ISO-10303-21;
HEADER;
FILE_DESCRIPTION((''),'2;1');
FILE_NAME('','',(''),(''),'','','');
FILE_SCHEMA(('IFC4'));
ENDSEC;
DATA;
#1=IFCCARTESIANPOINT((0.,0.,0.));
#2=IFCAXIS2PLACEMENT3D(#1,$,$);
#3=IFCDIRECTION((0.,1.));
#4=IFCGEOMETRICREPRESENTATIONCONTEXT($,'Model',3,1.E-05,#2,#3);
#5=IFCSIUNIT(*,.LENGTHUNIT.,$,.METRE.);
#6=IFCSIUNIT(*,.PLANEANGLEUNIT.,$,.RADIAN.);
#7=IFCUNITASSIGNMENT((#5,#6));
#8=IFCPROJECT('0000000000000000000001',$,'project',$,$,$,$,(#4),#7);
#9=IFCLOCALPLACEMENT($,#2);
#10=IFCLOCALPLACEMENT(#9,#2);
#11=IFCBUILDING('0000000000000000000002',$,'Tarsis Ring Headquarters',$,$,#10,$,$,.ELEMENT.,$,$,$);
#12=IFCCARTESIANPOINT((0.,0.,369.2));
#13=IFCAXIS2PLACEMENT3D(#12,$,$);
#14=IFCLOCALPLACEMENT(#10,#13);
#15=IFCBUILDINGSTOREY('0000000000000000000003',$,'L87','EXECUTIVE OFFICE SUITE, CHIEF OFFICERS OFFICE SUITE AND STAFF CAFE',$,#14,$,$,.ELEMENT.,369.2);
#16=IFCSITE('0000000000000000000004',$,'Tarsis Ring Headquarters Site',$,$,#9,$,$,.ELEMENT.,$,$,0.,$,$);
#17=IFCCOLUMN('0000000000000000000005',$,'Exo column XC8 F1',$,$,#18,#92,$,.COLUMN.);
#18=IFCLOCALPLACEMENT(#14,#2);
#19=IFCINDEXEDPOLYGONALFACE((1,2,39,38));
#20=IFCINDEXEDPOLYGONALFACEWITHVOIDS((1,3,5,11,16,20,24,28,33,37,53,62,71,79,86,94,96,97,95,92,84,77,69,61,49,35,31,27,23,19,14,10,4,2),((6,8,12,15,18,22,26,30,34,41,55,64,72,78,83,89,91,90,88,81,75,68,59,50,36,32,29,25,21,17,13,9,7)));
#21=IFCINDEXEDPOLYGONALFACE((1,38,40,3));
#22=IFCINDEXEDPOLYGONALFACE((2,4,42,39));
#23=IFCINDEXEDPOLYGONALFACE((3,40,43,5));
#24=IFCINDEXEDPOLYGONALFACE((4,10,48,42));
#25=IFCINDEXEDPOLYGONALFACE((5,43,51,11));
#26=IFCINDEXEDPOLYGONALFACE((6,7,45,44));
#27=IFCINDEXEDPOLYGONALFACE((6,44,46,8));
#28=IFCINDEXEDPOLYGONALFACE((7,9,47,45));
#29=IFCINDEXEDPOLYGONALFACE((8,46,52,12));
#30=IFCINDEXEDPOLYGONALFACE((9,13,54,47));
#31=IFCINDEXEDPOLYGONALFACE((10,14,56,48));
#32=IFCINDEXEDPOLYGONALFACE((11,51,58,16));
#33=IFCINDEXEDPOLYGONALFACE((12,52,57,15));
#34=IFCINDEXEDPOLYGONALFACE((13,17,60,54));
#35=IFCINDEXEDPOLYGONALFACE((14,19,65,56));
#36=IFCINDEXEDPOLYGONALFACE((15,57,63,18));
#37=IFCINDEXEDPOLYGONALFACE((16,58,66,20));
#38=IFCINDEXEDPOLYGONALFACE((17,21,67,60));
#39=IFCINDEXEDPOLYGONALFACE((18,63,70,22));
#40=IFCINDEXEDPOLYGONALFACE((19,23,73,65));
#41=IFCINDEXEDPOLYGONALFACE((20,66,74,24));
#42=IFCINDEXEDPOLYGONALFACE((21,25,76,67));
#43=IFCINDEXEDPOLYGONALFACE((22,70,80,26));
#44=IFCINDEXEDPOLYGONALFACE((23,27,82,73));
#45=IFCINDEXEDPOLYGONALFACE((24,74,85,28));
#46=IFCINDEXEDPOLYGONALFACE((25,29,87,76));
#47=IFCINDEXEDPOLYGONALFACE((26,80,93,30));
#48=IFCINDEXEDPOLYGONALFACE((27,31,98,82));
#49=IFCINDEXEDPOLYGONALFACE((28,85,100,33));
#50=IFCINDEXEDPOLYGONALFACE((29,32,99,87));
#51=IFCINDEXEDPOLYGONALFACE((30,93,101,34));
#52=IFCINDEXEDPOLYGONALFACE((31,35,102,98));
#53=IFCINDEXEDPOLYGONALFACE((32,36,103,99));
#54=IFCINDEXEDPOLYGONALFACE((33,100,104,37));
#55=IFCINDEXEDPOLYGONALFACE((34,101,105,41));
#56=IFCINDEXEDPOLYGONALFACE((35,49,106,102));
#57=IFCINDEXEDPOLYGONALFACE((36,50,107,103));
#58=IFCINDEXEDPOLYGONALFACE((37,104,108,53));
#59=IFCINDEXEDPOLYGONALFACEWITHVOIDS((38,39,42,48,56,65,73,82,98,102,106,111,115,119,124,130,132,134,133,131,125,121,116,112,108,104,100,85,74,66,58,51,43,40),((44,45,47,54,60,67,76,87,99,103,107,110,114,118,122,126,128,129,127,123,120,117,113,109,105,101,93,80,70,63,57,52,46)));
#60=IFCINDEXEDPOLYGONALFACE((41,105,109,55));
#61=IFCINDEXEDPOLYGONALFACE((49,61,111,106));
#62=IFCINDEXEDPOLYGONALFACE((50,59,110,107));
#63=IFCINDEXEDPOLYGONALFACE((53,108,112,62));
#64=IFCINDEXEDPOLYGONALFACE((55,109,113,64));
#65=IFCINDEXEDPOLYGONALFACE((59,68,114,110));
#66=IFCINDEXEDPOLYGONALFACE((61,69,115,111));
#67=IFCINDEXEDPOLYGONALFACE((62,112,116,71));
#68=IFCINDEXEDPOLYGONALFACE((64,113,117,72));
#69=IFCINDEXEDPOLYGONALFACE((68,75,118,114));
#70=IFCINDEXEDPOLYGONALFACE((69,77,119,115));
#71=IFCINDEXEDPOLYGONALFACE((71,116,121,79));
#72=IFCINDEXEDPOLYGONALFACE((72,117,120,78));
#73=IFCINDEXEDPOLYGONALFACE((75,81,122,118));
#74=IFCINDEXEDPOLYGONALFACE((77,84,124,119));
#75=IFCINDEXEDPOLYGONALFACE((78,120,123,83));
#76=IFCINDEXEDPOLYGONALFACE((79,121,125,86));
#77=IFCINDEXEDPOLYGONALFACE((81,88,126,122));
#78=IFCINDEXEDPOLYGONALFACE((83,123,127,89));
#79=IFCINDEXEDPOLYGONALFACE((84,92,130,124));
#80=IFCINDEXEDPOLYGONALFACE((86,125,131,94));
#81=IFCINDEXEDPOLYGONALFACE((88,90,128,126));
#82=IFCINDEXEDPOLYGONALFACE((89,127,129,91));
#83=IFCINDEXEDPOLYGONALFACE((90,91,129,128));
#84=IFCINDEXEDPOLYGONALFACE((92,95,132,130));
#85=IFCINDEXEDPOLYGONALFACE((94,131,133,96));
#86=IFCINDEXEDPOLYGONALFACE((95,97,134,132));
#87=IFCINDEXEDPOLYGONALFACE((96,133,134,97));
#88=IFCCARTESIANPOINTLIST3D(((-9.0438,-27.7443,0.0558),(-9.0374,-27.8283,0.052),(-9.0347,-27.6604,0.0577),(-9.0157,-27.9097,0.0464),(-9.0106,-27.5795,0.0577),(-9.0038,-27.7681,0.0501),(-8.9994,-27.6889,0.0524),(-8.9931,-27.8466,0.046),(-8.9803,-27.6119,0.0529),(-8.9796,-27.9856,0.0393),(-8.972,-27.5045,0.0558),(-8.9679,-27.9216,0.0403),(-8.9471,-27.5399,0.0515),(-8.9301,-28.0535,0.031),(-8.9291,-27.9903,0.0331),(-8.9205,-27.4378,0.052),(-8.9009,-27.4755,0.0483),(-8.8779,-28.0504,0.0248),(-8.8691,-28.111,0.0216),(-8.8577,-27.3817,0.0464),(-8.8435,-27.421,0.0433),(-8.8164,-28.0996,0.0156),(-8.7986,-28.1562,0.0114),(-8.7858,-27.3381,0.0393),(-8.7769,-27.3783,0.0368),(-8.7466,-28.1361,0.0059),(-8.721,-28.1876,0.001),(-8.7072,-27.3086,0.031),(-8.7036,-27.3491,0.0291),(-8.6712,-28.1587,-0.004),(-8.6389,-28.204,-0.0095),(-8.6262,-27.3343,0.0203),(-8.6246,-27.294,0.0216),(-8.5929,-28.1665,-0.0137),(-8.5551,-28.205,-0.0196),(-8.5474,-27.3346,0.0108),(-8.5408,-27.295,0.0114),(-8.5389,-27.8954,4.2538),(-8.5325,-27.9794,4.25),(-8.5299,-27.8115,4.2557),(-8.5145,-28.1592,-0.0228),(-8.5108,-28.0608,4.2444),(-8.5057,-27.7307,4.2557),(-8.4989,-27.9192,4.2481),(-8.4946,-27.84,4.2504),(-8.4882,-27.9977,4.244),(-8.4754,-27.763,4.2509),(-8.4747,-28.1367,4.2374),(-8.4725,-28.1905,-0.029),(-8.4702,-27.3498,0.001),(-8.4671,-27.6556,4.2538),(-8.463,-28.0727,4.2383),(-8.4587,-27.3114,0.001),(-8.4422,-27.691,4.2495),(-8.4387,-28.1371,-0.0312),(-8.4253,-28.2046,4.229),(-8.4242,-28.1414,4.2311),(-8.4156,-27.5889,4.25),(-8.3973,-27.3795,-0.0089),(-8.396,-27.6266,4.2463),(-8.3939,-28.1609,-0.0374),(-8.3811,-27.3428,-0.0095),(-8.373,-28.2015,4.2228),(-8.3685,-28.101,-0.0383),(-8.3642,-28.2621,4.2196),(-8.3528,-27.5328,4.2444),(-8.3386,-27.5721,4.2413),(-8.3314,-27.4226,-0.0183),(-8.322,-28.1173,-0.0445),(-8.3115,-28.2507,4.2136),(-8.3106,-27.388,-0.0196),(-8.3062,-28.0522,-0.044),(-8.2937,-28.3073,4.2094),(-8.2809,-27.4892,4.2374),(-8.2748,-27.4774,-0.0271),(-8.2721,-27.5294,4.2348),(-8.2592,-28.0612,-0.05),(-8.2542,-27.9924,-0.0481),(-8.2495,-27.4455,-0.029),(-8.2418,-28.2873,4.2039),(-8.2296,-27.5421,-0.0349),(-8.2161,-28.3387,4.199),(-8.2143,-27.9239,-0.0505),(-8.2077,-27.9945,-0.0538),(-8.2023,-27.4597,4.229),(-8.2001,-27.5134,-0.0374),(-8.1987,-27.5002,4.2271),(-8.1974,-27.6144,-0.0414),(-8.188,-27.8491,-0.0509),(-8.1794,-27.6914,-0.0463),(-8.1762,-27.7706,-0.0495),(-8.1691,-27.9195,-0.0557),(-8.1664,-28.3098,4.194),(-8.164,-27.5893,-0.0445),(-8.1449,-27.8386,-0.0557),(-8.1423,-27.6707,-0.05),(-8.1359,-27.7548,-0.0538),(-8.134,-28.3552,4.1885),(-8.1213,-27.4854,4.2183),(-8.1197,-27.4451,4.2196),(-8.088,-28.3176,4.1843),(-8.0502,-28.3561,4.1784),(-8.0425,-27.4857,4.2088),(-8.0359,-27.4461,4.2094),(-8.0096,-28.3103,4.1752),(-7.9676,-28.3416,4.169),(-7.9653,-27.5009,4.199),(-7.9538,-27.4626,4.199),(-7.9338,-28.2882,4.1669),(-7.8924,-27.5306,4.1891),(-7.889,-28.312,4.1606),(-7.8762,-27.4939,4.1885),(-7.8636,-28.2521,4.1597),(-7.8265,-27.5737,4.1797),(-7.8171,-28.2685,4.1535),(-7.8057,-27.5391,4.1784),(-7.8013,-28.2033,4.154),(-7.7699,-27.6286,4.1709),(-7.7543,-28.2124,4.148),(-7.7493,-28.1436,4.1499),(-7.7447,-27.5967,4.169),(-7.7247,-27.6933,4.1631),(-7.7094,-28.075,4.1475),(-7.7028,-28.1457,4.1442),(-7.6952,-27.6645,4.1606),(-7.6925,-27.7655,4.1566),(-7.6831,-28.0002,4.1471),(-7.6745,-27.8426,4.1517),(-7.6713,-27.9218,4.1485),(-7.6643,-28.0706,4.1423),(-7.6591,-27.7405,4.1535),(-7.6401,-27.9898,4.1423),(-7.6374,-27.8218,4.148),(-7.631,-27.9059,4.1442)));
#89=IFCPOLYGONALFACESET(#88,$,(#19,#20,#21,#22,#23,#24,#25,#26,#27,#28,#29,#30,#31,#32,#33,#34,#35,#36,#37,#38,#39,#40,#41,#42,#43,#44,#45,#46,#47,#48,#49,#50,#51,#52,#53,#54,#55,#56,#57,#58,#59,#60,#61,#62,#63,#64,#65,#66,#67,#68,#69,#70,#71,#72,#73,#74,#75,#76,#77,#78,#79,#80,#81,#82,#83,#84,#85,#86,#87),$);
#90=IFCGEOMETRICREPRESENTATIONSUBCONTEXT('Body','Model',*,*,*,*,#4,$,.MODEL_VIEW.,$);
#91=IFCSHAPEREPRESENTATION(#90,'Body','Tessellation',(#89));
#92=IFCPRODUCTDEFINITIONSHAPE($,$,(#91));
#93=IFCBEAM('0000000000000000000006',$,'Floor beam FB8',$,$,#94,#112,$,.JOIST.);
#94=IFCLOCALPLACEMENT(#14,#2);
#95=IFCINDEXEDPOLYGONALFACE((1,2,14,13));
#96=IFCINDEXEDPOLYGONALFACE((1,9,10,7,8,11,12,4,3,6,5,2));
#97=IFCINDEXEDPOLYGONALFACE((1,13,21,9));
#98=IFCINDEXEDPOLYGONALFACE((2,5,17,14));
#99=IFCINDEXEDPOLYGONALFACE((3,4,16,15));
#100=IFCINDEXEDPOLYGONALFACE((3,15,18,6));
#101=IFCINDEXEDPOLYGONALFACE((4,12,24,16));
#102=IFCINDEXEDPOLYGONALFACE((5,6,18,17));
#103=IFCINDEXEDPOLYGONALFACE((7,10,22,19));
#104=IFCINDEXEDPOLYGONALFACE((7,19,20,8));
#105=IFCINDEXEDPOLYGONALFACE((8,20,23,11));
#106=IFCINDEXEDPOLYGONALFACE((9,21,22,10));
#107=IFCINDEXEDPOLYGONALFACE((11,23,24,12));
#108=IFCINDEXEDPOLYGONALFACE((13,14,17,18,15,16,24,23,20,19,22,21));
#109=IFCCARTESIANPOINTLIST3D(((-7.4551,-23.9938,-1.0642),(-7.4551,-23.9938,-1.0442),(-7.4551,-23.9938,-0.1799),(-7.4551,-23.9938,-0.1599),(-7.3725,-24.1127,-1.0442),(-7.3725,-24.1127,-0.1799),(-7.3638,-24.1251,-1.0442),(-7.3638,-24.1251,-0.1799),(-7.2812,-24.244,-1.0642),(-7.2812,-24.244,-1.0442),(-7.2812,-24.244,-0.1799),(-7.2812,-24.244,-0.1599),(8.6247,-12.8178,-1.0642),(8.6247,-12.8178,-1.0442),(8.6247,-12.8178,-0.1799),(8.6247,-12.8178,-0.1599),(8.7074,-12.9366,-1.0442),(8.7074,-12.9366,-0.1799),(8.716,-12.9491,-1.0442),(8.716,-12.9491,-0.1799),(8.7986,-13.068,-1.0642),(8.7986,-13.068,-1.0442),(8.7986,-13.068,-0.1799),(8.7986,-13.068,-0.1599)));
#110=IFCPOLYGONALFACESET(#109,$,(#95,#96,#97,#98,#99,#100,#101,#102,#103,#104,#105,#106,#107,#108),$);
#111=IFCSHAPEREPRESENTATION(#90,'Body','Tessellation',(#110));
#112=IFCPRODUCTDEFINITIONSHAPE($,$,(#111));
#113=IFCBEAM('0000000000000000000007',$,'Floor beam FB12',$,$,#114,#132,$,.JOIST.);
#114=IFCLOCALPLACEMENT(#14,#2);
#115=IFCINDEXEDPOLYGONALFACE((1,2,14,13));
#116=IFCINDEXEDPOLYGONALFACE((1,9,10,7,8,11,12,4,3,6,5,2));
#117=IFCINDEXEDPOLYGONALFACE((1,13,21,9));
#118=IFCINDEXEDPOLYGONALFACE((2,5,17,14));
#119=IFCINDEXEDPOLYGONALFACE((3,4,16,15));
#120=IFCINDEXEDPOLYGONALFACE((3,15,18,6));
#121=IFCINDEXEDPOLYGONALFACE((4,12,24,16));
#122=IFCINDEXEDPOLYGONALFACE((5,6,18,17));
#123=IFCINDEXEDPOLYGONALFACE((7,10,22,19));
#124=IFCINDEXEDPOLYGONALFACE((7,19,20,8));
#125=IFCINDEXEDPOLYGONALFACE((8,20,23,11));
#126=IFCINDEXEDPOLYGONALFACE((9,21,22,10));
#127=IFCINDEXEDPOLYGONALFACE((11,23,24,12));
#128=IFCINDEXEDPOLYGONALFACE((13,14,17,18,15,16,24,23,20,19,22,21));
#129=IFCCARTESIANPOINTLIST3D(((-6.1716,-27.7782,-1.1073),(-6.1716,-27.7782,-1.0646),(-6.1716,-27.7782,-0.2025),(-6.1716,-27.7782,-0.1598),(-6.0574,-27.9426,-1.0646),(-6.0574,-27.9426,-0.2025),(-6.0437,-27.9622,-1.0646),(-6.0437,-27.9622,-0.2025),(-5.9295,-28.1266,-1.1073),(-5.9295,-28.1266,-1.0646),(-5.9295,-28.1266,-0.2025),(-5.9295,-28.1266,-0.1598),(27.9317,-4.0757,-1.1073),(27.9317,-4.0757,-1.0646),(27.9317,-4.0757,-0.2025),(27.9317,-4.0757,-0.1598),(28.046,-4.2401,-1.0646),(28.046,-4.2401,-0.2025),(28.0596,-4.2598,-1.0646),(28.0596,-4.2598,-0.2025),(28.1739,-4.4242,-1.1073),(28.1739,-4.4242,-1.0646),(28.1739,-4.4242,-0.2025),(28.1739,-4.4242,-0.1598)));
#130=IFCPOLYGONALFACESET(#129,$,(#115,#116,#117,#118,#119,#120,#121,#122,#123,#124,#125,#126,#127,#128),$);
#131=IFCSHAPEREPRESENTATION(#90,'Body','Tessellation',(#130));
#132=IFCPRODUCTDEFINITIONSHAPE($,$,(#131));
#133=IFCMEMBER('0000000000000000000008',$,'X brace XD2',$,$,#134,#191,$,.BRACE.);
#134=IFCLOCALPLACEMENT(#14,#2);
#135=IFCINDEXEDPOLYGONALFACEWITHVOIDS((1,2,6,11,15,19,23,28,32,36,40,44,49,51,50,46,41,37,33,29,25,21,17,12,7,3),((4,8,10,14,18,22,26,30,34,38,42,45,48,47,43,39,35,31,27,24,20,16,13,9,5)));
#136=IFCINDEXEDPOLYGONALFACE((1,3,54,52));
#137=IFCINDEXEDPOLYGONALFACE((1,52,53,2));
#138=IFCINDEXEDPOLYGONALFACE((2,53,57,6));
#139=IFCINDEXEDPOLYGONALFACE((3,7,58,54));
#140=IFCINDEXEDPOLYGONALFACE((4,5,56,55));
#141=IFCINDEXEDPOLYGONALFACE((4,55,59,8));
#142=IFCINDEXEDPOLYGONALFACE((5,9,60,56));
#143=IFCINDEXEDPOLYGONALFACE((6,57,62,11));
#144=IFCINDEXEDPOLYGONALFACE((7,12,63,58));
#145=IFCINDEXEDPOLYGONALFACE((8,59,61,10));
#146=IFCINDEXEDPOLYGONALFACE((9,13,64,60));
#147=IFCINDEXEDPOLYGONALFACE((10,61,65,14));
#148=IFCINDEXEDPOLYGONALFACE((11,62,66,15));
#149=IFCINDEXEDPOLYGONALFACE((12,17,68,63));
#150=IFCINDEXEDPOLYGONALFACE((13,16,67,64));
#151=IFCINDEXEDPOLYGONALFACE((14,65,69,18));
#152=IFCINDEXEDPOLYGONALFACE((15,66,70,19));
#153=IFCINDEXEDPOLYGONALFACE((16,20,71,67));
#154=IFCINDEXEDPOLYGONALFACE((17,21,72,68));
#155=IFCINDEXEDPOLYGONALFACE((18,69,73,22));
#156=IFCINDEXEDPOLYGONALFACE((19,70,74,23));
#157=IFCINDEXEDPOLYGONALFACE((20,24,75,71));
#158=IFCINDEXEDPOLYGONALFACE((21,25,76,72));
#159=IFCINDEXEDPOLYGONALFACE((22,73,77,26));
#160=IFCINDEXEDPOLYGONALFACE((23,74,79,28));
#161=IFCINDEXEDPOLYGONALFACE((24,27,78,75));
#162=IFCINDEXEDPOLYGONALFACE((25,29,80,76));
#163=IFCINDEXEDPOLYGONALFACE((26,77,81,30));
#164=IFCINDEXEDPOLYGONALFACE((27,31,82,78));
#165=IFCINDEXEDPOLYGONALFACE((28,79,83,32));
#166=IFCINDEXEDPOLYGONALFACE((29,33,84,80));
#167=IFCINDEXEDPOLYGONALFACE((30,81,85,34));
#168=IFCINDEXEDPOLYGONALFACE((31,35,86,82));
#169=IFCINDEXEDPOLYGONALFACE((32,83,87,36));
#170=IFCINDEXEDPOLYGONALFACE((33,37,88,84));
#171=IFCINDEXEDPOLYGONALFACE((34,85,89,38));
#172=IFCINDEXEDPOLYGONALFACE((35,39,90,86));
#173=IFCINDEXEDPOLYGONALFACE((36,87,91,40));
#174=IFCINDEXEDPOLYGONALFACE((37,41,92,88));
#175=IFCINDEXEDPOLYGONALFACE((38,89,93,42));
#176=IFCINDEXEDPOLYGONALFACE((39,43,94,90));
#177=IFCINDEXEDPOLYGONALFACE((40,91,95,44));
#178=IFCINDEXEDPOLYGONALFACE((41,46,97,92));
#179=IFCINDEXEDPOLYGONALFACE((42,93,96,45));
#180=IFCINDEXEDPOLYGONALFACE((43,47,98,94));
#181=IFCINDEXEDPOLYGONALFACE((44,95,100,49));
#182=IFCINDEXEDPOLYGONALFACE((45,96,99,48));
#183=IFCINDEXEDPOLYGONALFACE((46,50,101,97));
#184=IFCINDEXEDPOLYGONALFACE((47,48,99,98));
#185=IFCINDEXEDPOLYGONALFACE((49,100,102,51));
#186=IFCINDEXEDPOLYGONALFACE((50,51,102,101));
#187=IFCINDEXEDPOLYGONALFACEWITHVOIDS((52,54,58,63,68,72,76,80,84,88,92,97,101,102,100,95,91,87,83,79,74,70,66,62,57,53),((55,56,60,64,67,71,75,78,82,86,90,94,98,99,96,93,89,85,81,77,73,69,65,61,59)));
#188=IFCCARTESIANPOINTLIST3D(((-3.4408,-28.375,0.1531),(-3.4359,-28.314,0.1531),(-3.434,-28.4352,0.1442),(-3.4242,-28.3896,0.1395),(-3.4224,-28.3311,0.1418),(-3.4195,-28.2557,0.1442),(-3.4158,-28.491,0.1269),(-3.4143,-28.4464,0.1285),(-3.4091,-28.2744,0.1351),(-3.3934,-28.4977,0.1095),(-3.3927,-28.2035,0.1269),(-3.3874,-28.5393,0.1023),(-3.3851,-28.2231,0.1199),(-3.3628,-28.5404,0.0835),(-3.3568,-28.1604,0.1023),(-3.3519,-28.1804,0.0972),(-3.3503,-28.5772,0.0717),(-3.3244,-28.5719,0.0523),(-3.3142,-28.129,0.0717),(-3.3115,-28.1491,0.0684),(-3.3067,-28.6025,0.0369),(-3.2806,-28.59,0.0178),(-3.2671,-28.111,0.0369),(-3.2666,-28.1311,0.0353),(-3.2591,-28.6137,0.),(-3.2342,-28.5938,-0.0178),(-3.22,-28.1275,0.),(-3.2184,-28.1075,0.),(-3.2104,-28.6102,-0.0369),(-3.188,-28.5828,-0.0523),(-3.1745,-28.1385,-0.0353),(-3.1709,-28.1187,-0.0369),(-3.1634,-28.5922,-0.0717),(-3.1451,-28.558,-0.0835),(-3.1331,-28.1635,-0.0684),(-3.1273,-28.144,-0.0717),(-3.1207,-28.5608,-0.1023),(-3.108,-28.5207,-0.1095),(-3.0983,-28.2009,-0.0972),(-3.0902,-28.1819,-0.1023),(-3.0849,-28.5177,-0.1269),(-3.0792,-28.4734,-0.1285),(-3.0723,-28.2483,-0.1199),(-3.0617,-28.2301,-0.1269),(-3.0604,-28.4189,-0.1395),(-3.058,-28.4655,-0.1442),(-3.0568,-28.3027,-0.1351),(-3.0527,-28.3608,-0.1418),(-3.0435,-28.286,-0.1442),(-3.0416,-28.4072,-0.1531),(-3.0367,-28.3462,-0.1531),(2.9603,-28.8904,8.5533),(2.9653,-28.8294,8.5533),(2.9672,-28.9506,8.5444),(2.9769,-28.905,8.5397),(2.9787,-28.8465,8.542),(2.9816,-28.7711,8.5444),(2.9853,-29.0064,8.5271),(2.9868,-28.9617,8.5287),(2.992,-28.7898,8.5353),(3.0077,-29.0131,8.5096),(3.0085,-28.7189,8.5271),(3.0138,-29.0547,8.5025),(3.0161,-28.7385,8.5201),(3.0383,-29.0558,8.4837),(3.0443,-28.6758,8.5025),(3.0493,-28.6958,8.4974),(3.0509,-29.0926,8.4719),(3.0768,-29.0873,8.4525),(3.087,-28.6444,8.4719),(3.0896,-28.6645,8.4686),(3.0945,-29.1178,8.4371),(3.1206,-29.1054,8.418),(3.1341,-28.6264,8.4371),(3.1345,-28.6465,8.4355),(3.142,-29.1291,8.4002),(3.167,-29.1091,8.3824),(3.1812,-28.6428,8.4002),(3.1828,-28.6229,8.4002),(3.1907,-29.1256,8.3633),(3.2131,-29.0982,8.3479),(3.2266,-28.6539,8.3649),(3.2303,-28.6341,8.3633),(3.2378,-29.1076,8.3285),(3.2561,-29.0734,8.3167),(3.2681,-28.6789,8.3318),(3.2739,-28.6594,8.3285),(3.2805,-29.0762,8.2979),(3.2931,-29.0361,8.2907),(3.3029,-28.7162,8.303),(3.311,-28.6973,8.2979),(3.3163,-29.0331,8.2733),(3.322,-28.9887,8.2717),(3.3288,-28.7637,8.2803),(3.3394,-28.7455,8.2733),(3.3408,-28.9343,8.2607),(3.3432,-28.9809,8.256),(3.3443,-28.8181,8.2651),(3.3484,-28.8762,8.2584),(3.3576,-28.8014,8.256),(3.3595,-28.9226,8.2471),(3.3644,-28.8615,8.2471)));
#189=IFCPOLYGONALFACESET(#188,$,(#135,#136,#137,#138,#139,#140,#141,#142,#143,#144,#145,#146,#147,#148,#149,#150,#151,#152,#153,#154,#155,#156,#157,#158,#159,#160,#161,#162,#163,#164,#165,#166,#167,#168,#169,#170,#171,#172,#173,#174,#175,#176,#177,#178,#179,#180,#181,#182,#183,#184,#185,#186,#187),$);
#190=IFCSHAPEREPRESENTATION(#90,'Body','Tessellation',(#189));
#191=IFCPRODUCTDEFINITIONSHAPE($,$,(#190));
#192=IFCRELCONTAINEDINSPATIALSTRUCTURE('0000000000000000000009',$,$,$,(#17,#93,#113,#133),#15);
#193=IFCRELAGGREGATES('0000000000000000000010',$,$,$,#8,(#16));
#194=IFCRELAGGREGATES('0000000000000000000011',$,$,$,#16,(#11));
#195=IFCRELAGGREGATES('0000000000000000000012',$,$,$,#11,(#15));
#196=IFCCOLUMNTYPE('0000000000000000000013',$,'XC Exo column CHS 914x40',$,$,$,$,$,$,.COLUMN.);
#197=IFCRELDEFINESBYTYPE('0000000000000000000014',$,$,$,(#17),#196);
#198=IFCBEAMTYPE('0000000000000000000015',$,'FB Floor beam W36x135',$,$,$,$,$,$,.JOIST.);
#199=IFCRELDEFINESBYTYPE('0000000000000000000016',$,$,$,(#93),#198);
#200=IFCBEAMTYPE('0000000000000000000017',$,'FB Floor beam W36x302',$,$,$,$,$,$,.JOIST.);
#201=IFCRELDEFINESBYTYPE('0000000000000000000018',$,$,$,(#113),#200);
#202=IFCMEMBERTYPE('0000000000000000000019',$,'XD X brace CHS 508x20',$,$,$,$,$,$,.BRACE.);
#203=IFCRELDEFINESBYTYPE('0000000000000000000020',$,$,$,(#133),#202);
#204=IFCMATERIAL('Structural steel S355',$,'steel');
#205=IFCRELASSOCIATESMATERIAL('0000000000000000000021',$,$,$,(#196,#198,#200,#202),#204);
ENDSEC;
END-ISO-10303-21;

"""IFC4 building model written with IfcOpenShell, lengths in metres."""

from ifc_helpers import new_model, si_unit, direction, frame, origin, origin_2d, place, context, subcontext, project, spatial, hollow_circle, i_section, extrude, material, material_profile, profile_set, type_object, element, save


model = new_model("IFC4")

# Units and contexts
model_context = context("Model", 3, precision=1e-05, world=origin(), true_north=direction((0.0, 1.0)))
body_context = subcontext(model_context, "Body", "Model", "MODEL_VIEW")
ifc_project = project(units=[si_unit("LENGTHUNIT", "METRE"), si_unit("PLANEANGLEUNIT", "RADIAN")], contexts=[model_context])

# Site, building, storey
site_placement = place(None, origin())
site = spatial("IfcSite", under=ifc_project, at=site_placement, Name="Tarsis Ring Headquarters Site", CompositionType="ELEMENT", RefElevation=0.0)
building_placement = place(site_placement, origin())
building = spatial("IfcBuilding", under=site, at=building_placement, Name="Tarsis Ring Headquarters", CompositionType="ELEMENT")
storey_placement = place(building_placement, frame((0.0, 0.0, 369.2)))
storey = spatial("IfcBuildingStorey", under=building, at=storey_placement, Name="L87", Description="EXECUTIVE OFFICE SUITE, CHIEF OFFICERS OFFICE SUITE AND STAFF CAFE", CompositionType="ELEMENT", Elevation=369.2)

# Column
ifc_material_1 = material(Name="Structural steel S355", Category="steel")
ifc_material_profile_1 = material_profile(ifc_material_1, hollow_circle(Radius=0.457, WallThickness=0.04, at=origin_2d()), Name="CHS 914x40")
ifc_profile_set_1 = profile_set([ifc_material_profile_1], Name="Structural steel S355")
column_type = type_object("IfcColumnType", Name="XC Exo column CHS 914x40", PredefinedType="COLUMN", material=ifc_profile_set_1)
column_placement = place(storey_placement, frame((-8.5898, -27.7495, 0.001), z_axis=(0.119331, -0.035718, 0.992212), x_axis=(0.286753, 0.958005, 0.0)))
element("IfcColumn", 1, at=column_placement, inside=storey, type_object=column_type, Name="Exo column XC8 F1", PredefinedType="COLUMN", context=body_context, shape_type="SweptSolid", body=[
    extrude(hollow_circle(Radius=0.4573, WallThickness=0.04, at=origin_2d()), origin(), (0.0, 0.0, 1.0), 4.231),
])

# Beams
ifc_material_profile_2 = material_profile(ifc_material_1, i_section(OverallWidth=0.3047, OverallDepth=0.9043, WebThickness=0.0151, FlangeThickness=0.02, at=origin_2d()), Name="W36x135")
ifc_profile_set_2 = profile_set([ifc_material_profile_2], Name="Structural steel S355")
beam_type_1 = type_object("IfcBeamType", Name="FB Floor beam W36x135", PredefinedType="JOIST", material=ifc_profile_set_2)
beam_1_placement = place(storey_placement, frame((-7.3682, -24.1189, -0.6121), z_axis=(0.821143, 0.570722, 0.0), x_axis=(-0.570722, 0.821143, 0.0)))
element("IfcBeam", 2, at=beam_1_placement, inside=storey, type_object=beam_type_1, Name="Floor beam FB8", PredefinedType="JOIST", context=body_context, shape_type="SweptSolid", body=[
    extrude(i_section(OverallWidth=0.3047, OverallDepth=0.9043, WebThickness=0.0151, FlangeThickness=0.02, at=origin_2d()), origin(), (0.0, 0.0, 1.0), 19.5823),
])
ifc_material_profile_3 = material_profile(ifc_material_1, i_section(OverallWidth=0.4243, OverallDepth=0.9475, WebThickness=0.0239, FlangeThickness=0.0427, at=origin_2d()), Name="W36x302")
ifc_profile_set_3 = profile_set([ifc_material_profile_3], Name="Structural steel S355")
beam_type_2 = type_object("IfcBeamType", Name="FB Floor beam W36x302", PredefinedType="JOIST", material=ifc_profile_set_3)
beam_2_placement = place(storey_placement, frame((-6.0505, -27.9524, -0.6335), z_axis=(0.821149, 0.570714, 0.0), x_axis=(-0.570714, 0.821149, 0.0)))
element("IfcBeam", 3, at=beam_2_placement, inside=storey, type_object=beam_type_2, Name="Floor beam FB12", PredefinedType="JOIST", context=body_context, shape_type="SweptSolid", body=[
    extrude(i_section(OverallWidth=0.4243, OverallDepth=0.9475, WebThickness=0.0239, FlangeThickness=0.0427, at=origin_2d()), origin(), (0.0, 0.0, 1.0), 41.5312),
])

# Member
ifc_material_profile_4 = material_profile(ifc_material_1, hollow_circle(Radius=0.2539, WallThickness=0.02, at=origin_2d()), Name="CHS 508x20")
ifc_profile_set_4 = profile_set([ifc_material_profile_4], Name="Structural steel S355")
member_type = type_object("IfcMemberType", Name="XD X brace CHS 508x20", PredefinedType="BRACE", material=ifc_profile_set_4)
member_placement = place(storey_placement, frame((-3.2388, -28.3606, 0.0), z_axis=(0.605383, -0.048742, 0.79444), x_axis=(0.080254, 0.996774, 0.0)))
element("IfcMember", 4, at=member_placement, inside=storey, type_object=member_type, Name="X brace XD2", PredefinedType="BRACE", context=body_context, shape_type="SweptSolid", body=[
    extrude(hollow_circle(Radius=0.2539, WallThickness=0.02, at=origin_2d()), origin(), (0.0, 0.0, 1.0), 10.5737),
])

save(model, "model.ifc")
